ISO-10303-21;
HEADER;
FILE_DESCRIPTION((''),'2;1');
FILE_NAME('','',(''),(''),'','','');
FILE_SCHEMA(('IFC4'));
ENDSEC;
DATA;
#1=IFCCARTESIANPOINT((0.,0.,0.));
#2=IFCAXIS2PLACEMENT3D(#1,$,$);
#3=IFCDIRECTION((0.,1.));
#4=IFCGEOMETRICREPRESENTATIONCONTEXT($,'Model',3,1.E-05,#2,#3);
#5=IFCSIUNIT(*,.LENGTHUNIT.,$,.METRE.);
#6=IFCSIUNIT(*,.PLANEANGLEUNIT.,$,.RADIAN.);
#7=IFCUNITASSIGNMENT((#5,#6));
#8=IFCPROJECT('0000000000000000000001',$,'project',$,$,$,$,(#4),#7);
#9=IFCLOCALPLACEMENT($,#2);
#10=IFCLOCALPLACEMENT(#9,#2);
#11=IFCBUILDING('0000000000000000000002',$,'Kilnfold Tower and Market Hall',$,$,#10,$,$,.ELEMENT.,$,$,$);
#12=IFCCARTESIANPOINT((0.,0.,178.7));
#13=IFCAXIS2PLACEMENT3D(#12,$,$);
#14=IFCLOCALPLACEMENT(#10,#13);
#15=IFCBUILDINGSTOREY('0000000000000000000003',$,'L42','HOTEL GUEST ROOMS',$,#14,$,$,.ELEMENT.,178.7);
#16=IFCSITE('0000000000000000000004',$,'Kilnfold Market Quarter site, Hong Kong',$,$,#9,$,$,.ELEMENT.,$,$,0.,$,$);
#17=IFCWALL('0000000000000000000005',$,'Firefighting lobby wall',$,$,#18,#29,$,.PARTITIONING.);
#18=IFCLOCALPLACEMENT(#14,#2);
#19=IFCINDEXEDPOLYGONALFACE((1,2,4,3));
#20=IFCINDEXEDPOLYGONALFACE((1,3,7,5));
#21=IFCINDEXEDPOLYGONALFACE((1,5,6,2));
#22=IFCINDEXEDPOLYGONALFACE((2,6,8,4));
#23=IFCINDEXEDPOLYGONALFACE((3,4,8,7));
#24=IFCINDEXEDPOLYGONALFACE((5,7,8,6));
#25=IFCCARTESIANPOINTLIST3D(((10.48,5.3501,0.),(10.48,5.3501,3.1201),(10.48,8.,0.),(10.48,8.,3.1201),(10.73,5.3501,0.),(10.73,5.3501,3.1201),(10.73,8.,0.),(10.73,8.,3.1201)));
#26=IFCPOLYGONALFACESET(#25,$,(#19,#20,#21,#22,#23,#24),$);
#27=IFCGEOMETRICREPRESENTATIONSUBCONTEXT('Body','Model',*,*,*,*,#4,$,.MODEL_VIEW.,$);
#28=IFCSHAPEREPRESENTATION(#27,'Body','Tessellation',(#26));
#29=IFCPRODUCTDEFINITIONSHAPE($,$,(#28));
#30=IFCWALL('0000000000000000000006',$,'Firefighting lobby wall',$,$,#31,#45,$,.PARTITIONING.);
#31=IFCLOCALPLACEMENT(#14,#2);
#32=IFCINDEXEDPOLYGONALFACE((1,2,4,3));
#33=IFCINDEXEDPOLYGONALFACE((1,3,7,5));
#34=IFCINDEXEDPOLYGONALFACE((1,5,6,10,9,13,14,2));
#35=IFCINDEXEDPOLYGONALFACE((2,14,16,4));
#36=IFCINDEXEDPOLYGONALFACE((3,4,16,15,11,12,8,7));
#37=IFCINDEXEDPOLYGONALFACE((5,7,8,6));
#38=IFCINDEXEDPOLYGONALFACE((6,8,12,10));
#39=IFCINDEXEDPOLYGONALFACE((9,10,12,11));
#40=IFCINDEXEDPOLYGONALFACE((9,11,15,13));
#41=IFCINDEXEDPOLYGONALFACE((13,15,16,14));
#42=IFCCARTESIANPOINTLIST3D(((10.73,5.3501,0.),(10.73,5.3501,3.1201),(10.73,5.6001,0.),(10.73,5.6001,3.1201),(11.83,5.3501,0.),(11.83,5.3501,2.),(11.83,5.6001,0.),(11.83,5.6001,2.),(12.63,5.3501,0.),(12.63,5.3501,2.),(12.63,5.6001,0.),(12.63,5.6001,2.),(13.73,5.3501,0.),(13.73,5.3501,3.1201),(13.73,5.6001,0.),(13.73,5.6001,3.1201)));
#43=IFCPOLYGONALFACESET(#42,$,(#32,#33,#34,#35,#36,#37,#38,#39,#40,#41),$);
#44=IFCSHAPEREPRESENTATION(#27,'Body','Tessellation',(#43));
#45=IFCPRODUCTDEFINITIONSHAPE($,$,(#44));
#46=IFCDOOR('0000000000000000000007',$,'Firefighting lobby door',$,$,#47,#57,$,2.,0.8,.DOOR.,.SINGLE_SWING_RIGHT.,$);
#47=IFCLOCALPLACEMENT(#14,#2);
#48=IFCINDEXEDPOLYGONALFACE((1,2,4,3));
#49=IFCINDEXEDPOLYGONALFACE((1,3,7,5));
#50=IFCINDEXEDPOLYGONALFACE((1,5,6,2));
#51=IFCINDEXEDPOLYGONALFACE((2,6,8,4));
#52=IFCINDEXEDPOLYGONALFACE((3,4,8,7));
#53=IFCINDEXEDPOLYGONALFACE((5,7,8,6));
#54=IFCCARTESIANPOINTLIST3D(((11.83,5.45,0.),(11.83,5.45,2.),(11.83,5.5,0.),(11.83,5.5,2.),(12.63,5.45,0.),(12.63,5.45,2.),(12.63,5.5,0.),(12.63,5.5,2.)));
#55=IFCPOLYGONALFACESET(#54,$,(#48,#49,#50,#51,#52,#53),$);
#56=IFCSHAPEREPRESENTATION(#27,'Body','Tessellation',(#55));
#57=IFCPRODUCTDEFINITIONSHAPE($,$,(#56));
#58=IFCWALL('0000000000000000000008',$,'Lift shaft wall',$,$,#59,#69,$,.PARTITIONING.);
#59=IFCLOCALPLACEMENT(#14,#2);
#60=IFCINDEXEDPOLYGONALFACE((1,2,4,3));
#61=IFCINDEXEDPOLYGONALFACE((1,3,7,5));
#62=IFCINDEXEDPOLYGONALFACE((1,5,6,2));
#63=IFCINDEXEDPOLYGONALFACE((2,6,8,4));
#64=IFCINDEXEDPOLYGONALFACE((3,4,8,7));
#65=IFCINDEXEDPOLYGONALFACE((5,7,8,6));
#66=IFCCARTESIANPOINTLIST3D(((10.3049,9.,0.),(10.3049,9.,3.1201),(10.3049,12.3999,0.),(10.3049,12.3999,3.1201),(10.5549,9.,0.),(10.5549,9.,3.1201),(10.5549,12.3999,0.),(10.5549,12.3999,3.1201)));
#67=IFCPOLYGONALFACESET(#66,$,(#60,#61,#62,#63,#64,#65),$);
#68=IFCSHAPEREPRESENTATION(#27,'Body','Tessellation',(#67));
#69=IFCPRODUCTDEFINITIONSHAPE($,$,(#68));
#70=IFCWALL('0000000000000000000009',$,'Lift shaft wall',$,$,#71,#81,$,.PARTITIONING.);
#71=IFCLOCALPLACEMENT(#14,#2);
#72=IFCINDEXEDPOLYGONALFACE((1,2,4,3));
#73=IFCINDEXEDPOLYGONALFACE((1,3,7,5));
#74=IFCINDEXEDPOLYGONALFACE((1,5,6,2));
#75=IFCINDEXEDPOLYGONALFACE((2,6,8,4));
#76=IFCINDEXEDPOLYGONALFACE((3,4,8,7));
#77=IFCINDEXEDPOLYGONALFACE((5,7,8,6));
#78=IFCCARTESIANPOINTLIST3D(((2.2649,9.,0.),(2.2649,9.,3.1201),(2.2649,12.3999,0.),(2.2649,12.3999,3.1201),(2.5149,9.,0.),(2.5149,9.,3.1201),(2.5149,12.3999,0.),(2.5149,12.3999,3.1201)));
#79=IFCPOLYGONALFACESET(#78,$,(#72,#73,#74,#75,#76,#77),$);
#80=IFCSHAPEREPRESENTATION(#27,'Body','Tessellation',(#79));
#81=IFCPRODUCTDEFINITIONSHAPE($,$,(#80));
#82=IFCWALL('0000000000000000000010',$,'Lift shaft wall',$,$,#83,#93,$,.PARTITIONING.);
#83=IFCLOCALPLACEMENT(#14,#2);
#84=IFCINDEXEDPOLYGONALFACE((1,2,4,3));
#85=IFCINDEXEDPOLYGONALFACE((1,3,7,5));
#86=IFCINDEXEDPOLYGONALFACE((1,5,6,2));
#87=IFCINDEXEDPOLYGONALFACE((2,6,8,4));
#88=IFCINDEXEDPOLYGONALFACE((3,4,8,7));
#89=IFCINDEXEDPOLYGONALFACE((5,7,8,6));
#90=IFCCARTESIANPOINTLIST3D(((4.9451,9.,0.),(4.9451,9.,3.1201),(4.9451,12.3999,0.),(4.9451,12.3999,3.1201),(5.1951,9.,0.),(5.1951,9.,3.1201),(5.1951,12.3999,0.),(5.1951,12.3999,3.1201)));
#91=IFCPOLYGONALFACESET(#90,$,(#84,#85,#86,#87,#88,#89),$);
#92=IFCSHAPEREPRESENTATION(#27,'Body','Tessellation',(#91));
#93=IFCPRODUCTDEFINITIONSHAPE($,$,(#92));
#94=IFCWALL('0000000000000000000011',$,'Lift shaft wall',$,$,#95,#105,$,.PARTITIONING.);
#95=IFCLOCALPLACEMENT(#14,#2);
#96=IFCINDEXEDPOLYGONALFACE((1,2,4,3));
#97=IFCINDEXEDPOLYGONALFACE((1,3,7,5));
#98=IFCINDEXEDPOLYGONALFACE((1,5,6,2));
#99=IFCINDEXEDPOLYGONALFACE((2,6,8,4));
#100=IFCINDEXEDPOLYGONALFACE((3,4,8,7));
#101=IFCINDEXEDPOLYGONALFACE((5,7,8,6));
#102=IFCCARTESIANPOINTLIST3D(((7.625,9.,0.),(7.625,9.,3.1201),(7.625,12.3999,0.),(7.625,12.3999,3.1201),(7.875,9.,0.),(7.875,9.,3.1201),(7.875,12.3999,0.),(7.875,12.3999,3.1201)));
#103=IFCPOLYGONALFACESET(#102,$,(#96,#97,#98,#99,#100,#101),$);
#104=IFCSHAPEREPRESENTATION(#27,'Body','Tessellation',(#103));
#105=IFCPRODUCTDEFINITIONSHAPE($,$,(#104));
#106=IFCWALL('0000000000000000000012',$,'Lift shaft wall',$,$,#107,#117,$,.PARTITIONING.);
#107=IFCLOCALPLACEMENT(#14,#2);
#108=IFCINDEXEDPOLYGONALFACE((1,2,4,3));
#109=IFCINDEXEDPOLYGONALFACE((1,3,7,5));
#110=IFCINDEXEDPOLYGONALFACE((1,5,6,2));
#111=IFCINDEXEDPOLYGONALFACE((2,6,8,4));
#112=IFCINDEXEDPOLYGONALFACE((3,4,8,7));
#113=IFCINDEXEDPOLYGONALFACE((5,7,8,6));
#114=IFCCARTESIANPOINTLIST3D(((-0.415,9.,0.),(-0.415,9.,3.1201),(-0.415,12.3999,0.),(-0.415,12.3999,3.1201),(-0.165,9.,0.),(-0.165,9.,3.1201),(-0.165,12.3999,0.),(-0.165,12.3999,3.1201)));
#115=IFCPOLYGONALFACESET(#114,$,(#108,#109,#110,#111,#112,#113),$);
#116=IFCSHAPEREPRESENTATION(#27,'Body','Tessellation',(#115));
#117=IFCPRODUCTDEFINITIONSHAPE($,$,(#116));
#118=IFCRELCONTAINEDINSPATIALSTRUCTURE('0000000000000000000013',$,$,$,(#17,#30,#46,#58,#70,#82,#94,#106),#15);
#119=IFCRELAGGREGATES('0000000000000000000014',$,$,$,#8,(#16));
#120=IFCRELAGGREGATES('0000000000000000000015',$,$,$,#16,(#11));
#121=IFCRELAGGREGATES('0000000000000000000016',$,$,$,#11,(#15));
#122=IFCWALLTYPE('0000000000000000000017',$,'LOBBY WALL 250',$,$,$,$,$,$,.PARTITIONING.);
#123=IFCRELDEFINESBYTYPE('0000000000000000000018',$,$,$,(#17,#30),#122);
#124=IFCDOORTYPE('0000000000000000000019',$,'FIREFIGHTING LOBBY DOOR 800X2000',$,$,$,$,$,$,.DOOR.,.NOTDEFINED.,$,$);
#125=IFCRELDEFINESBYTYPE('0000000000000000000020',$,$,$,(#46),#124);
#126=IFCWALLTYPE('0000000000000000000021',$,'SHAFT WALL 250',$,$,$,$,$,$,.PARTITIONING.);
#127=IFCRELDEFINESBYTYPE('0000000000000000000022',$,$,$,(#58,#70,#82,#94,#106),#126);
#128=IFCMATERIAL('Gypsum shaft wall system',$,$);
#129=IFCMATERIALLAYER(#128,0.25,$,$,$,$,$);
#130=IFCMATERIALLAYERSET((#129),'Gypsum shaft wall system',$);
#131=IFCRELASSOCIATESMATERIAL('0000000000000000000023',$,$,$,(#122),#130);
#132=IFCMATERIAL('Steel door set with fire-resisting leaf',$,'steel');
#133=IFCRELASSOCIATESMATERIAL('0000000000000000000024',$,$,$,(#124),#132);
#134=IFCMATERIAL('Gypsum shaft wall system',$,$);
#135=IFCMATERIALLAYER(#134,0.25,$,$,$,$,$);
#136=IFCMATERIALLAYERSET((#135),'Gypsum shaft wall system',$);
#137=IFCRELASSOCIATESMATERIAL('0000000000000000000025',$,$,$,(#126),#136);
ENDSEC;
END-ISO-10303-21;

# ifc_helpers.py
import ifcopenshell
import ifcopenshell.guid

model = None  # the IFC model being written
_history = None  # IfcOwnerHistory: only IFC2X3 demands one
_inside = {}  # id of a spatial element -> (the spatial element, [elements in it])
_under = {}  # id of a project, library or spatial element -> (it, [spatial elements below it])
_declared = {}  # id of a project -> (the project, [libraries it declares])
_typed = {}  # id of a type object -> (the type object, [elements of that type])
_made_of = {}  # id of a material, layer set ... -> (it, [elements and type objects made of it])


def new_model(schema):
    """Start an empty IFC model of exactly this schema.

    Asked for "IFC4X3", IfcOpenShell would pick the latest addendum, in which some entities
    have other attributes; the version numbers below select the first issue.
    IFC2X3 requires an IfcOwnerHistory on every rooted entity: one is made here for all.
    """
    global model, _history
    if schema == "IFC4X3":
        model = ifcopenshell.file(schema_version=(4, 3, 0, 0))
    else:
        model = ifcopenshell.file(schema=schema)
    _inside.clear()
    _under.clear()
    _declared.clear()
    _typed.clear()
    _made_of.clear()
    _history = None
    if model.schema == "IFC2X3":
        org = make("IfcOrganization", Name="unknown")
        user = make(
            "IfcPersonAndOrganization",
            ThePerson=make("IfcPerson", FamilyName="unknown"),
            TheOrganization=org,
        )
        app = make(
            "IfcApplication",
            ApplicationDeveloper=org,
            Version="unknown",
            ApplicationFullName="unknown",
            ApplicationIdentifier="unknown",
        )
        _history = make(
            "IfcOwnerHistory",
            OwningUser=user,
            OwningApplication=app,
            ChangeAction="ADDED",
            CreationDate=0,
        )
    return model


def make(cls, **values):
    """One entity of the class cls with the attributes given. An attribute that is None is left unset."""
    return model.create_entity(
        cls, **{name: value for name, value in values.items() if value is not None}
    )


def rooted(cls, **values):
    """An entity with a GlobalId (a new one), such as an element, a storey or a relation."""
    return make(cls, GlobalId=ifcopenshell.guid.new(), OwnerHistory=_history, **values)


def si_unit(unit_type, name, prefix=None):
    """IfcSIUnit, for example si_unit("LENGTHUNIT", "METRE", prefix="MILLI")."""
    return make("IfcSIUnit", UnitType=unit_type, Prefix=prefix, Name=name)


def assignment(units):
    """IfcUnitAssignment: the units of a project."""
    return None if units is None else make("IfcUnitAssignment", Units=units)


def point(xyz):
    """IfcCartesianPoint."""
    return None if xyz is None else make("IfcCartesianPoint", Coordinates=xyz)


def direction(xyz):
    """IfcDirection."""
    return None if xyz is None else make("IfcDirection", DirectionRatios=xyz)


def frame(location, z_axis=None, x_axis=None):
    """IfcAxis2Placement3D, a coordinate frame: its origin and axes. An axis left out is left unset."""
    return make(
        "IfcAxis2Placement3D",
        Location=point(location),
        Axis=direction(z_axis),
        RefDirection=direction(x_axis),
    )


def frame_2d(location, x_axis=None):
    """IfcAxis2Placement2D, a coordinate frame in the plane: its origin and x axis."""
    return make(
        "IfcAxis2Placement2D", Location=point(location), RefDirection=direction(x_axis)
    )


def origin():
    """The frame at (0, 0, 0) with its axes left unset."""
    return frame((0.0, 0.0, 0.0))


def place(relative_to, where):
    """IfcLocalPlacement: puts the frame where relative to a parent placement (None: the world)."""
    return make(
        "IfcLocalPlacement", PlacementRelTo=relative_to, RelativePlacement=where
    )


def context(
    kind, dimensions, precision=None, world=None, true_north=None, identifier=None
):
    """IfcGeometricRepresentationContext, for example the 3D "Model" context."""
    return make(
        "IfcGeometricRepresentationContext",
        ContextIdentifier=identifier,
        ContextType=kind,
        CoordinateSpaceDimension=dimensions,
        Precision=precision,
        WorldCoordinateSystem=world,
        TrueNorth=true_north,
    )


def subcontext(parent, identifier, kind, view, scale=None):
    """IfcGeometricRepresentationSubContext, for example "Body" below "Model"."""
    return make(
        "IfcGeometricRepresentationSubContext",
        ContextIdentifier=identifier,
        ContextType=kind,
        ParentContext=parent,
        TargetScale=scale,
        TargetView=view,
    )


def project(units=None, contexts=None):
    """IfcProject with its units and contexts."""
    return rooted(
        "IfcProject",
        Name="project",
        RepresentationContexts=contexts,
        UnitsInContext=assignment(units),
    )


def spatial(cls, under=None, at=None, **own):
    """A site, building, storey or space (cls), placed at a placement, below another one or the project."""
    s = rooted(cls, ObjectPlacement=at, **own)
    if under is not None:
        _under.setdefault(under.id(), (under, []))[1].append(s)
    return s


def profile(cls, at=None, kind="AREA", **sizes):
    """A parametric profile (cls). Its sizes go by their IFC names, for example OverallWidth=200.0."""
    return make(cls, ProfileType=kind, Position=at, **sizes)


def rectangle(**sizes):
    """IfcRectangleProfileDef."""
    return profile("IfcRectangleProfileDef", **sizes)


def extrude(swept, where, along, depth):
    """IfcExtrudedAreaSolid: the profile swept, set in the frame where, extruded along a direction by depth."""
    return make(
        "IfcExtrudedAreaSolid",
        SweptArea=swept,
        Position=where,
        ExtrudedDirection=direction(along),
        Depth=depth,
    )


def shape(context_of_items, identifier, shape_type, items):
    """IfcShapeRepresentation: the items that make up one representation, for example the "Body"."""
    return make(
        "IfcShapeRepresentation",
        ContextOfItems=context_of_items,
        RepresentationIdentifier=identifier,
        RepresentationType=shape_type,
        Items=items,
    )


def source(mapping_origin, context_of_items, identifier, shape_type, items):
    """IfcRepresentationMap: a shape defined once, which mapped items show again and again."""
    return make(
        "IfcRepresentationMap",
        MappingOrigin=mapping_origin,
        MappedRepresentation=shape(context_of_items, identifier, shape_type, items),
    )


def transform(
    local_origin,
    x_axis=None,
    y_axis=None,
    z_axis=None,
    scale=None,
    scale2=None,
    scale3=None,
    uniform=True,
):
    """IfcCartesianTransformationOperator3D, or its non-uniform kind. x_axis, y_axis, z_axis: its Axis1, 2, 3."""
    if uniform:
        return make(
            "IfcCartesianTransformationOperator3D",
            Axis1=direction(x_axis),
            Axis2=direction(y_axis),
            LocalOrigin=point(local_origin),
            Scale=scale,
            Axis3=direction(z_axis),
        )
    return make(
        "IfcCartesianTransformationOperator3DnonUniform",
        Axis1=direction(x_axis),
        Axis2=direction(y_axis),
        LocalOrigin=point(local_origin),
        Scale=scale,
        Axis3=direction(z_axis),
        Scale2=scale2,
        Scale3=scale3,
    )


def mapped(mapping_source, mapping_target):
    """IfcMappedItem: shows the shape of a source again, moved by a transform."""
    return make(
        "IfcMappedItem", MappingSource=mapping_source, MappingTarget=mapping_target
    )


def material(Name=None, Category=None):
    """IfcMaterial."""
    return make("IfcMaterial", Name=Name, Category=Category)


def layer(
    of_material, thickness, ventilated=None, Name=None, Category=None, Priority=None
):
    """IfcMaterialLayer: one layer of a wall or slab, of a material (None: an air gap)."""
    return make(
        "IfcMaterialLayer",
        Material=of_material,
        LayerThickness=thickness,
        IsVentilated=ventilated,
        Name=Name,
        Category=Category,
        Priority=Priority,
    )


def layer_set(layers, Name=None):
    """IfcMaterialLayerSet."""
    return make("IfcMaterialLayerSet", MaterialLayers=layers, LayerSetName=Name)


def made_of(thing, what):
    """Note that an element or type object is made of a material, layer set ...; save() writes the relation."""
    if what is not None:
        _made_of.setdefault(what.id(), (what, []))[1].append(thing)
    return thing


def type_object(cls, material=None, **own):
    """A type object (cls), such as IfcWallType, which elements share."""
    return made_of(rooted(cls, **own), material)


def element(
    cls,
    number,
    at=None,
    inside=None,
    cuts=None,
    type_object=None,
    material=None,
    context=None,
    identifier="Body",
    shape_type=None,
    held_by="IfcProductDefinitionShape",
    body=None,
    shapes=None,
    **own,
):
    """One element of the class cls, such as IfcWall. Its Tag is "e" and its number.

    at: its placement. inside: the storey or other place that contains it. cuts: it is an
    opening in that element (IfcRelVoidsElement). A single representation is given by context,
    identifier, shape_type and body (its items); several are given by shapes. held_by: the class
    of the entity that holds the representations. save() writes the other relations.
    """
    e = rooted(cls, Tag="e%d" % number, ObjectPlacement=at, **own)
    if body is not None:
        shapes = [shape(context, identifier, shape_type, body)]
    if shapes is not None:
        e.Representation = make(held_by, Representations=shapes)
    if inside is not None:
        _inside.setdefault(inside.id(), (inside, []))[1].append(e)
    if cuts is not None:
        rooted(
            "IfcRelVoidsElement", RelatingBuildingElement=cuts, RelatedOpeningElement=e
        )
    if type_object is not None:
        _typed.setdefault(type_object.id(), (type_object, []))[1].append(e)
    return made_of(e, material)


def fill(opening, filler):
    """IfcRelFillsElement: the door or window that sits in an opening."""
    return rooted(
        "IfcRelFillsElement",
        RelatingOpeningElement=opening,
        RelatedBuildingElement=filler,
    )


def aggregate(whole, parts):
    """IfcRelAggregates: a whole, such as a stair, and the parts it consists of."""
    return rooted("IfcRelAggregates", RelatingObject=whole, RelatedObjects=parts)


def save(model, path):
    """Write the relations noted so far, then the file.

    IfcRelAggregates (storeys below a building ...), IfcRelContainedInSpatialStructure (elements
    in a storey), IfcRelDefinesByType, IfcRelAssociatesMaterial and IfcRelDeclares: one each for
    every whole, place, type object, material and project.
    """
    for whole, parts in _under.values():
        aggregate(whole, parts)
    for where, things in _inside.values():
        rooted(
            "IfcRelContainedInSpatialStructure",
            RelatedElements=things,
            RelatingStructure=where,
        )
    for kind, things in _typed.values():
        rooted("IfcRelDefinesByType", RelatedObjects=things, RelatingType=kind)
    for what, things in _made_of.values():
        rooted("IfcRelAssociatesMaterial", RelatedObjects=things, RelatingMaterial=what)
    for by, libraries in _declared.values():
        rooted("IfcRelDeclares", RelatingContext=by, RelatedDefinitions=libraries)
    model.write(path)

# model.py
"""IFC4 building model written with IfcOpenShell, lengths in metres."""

from ifc_helpers import new_model, si_unit, direction, frame, frame_2d, origin, place, context, subcontext, project, spatial, rectangle, extrude, source, transform, mapped, material, layer, layer_set, type_object, element, fill, save


model = new_model("IFC4")

# Units and contexts
model_context = context("Model", 3, precision=1e-05, world=origin(), true_north=direction((0.0, 1.0)))
body_context = subcontext(model_context, "Body", "Model", "MODEL_VIEW")
ifc_project = project(units=[si_unit("LENGTHUNIT", "METRE"), si_unit("PLANEANGLEUNIT", "RADIAN")], contexts=[model_context])

# Site, building, storey
site_placement = place(None, origin())
site = spatial("IfcSite", under=ifc_project, at=site_placement, Name="Kilnfold Market Quarter site, Hong Kong", CompositionType="ELEMENT", RefElevation=0.0)
building_placement = place(site_placement, origin())
building = spatial("IfcBuilding", under=site, at=building_placement, Name="Kilnfold Tower and Market Hall", CompositionType="ELEMENT")
storey_placement = place(building_placement, frame((0.0, 0.0, 178.7)))
storey = spatial("IfcBuildingStorey", under=building, at=storey_placement, Name="L42", Description="HOTEL GUEST ROOMS", CompositionType="ELEMENT", Elevation=178.7)

# Wall
ifc_material_1 = material(Name="Gypsum shaft wall system")
ifc_layer_1 = layer(ifc_material_1, 0.25)
ifc_layer_set_1 = layer_set([ifc_layer_1], Name="Gypsum shaft wall system")
wall_type_1 = type_object("IfcWallType", Name="LOBBY WALL 250", PredefinedType="PARTITIONING", material=ifc_layer_set_1)
shared_shape_1 = source(origin(), body_context, "Body", "SweptSolid", [
    extrude(rectangle(XDim=2.6499, YDim=0.25, at=frame_2d((1.325, 0.0))), origin(), (0.0, 0.0, 1.0), 3.1201),
])
wall_1_placement = place(storey_placement, frame((10.605, 5.3501, 0.0), z_axis=(0.0, 0.0, 1.0), x_axis=(0.0, 1.0, 0.0)))
element("IfcWall", 1, at=wall_1_placement, inside=storey, type_object=wall_type_1, Name="Firefighting lobby wall", PredefinedType="PARTITIONING", context=body_context, shape_type="MappedRepresentation", body=[
    mapped(shared_shape_1, transform((0.0, 0.0, 0.0))),
])

# Wall, opening, door
shared_shape_2 = source(origin(), body_context, "Body", "SweptSolid", [
    extrude(rectangle(XDim=3.0, YDim=0.25, at=frame_2d((1.5, 0.0))), origin(), (0.0, 0.0, 1.0), 3.1201),
])
wall_2_placement = place(storey_placement, frame((10.73, 5.4751, 0.0), z_axis=(0.0, 0.0, 1.0), x_axis=(1.0, 0.0, 0.0)))
wall_2 = element("IfcWall", 2, at=wall_2_placement, inside=storey, type_object=wall_type_1, Name="Firefighting lobby wall", PredefinedType="PARTITIONING", context=body_context, shape_type="MappedRepresentation", body=[
    mapped(shared_shape_2, transform((0.0, 0.0, 0.0))),
])
opening_1_placement = place(wall_2_placement, frame((1.1001, 0.0, 0.0)))
opening_1 = element("IfcOpeningElement", 3, at=opening_1_placement, cuts=wall_2, PredefinedType="OPENING", context=body_context, shape_type="SweptSolid", body=[
    extrude(rectangle(XDim=0.8, YDim=2.0, at=frame_2d((0.3999, 1.0))), frame((0.0, 0.135, 0.0), z_axis=(0.0, -1.0, 0.0), x_axis=(1.0, 0.0, 0.0)), (0.0, 0.0, 1.0), 0.27),
])
ifc_material_2 = material(Name="Steel door set with fire-resisting leaf", Category="steel")
door_type_1 = type_object("IfcDoorType", Name="FIREFIGHTING LOBBY DOOR 800X2000", OperationType="NOTDEFINED", PredefinedType="DOOR", material=ifc_material_2)
door_1_placement = place(opening_1_placement, origin())
door_1 = element("IfcDoor", 4, at=door_1_placement, inside=storey, type_object=door_type_1, Name="Firefighting lobby door", OperationType="SINGLE_SWING_RIGHT", OverallHeight=2.0, OverallWidth=0.8, PredefinedType="DOOR", context=body_context, shape_type="SweptSolid", body=[
    extrude(rectangle(XDim=0.8, YDim=2.0, at=frame_2d((0.3999, 1.0))), frame((0.0, 0.0249, 0.0), z_axis=(0.0, -1.0, 0.0), x_axis=(1.0, 0.0, 0.0)), (0.0, 0.0, 1.0), 0.05),
])
fill(opening_1, door_1)

# Walls
ifc_material_3 = material(Name="Gypsum shaft wall system")
ifc_layer_2 = layer(ifc_material_3, 0.25)
ifc_layer_set_2 = layer_set([ifc_layer_2], Name="Gypsum shaft wall system")
wall_type_2 = type_object("IfcWallType", Name="SHAFT WALL 250", PredefinedType="PARTITIONING", material=ifc_layer_set_2)
shared_shape_3 = source(origin(), body_context, "Body", "SweptSolid", [
    extrude(rectangle(XDim=3.3999, YDim=0.25, at=frame_2d((1.7, 0.0))), origin(), (0.0, 0.0, 1.0), 3.1201),
])
for number, where, z_axis, x_axis, name in (
    (5, (10.4299, 9.0, 0.0), (0.0, 0.0, 1.0), (0.0, 1.0, 0.0), "Lift shaft wall"),
    (6, (2.3899, 9.0, 0.0), (0.0, 0.0, 1.0), (0.0, 1.0, 0.0), "Lift shaft wall"),
    (7, (5.0701, 9.0, 0.0), (0.0, 0.0, 1.0), (0.0, 1.0, 0.0), "Lift shaft wall"),
    (8, (7.75, 9.0, 0.0), (0.0, 0.0, 1.0), (0.0, 1.0, 0.0), "Lift shaft wall"),
    (9, (-0.29, 9.0, 0.0), (0.0, 0.0, 1.0), (0.0, 1.0, 0.0), "Lift shaft wall"),
):
    element("IfcWall", number, at=place(storey_placement, frame(where, z_axis=z_axis, x_axis=x_axis)), inside=storey, type_object=wall_type_2, Name=name, PredefinedType="PARTITIONING", context=body_context, shape_type="MappedRepresentation", body=[
        mapped(shared_shape_3, transform((0.0, 0.0, 0.0))),
    ])

save(model, "model.ifc")
